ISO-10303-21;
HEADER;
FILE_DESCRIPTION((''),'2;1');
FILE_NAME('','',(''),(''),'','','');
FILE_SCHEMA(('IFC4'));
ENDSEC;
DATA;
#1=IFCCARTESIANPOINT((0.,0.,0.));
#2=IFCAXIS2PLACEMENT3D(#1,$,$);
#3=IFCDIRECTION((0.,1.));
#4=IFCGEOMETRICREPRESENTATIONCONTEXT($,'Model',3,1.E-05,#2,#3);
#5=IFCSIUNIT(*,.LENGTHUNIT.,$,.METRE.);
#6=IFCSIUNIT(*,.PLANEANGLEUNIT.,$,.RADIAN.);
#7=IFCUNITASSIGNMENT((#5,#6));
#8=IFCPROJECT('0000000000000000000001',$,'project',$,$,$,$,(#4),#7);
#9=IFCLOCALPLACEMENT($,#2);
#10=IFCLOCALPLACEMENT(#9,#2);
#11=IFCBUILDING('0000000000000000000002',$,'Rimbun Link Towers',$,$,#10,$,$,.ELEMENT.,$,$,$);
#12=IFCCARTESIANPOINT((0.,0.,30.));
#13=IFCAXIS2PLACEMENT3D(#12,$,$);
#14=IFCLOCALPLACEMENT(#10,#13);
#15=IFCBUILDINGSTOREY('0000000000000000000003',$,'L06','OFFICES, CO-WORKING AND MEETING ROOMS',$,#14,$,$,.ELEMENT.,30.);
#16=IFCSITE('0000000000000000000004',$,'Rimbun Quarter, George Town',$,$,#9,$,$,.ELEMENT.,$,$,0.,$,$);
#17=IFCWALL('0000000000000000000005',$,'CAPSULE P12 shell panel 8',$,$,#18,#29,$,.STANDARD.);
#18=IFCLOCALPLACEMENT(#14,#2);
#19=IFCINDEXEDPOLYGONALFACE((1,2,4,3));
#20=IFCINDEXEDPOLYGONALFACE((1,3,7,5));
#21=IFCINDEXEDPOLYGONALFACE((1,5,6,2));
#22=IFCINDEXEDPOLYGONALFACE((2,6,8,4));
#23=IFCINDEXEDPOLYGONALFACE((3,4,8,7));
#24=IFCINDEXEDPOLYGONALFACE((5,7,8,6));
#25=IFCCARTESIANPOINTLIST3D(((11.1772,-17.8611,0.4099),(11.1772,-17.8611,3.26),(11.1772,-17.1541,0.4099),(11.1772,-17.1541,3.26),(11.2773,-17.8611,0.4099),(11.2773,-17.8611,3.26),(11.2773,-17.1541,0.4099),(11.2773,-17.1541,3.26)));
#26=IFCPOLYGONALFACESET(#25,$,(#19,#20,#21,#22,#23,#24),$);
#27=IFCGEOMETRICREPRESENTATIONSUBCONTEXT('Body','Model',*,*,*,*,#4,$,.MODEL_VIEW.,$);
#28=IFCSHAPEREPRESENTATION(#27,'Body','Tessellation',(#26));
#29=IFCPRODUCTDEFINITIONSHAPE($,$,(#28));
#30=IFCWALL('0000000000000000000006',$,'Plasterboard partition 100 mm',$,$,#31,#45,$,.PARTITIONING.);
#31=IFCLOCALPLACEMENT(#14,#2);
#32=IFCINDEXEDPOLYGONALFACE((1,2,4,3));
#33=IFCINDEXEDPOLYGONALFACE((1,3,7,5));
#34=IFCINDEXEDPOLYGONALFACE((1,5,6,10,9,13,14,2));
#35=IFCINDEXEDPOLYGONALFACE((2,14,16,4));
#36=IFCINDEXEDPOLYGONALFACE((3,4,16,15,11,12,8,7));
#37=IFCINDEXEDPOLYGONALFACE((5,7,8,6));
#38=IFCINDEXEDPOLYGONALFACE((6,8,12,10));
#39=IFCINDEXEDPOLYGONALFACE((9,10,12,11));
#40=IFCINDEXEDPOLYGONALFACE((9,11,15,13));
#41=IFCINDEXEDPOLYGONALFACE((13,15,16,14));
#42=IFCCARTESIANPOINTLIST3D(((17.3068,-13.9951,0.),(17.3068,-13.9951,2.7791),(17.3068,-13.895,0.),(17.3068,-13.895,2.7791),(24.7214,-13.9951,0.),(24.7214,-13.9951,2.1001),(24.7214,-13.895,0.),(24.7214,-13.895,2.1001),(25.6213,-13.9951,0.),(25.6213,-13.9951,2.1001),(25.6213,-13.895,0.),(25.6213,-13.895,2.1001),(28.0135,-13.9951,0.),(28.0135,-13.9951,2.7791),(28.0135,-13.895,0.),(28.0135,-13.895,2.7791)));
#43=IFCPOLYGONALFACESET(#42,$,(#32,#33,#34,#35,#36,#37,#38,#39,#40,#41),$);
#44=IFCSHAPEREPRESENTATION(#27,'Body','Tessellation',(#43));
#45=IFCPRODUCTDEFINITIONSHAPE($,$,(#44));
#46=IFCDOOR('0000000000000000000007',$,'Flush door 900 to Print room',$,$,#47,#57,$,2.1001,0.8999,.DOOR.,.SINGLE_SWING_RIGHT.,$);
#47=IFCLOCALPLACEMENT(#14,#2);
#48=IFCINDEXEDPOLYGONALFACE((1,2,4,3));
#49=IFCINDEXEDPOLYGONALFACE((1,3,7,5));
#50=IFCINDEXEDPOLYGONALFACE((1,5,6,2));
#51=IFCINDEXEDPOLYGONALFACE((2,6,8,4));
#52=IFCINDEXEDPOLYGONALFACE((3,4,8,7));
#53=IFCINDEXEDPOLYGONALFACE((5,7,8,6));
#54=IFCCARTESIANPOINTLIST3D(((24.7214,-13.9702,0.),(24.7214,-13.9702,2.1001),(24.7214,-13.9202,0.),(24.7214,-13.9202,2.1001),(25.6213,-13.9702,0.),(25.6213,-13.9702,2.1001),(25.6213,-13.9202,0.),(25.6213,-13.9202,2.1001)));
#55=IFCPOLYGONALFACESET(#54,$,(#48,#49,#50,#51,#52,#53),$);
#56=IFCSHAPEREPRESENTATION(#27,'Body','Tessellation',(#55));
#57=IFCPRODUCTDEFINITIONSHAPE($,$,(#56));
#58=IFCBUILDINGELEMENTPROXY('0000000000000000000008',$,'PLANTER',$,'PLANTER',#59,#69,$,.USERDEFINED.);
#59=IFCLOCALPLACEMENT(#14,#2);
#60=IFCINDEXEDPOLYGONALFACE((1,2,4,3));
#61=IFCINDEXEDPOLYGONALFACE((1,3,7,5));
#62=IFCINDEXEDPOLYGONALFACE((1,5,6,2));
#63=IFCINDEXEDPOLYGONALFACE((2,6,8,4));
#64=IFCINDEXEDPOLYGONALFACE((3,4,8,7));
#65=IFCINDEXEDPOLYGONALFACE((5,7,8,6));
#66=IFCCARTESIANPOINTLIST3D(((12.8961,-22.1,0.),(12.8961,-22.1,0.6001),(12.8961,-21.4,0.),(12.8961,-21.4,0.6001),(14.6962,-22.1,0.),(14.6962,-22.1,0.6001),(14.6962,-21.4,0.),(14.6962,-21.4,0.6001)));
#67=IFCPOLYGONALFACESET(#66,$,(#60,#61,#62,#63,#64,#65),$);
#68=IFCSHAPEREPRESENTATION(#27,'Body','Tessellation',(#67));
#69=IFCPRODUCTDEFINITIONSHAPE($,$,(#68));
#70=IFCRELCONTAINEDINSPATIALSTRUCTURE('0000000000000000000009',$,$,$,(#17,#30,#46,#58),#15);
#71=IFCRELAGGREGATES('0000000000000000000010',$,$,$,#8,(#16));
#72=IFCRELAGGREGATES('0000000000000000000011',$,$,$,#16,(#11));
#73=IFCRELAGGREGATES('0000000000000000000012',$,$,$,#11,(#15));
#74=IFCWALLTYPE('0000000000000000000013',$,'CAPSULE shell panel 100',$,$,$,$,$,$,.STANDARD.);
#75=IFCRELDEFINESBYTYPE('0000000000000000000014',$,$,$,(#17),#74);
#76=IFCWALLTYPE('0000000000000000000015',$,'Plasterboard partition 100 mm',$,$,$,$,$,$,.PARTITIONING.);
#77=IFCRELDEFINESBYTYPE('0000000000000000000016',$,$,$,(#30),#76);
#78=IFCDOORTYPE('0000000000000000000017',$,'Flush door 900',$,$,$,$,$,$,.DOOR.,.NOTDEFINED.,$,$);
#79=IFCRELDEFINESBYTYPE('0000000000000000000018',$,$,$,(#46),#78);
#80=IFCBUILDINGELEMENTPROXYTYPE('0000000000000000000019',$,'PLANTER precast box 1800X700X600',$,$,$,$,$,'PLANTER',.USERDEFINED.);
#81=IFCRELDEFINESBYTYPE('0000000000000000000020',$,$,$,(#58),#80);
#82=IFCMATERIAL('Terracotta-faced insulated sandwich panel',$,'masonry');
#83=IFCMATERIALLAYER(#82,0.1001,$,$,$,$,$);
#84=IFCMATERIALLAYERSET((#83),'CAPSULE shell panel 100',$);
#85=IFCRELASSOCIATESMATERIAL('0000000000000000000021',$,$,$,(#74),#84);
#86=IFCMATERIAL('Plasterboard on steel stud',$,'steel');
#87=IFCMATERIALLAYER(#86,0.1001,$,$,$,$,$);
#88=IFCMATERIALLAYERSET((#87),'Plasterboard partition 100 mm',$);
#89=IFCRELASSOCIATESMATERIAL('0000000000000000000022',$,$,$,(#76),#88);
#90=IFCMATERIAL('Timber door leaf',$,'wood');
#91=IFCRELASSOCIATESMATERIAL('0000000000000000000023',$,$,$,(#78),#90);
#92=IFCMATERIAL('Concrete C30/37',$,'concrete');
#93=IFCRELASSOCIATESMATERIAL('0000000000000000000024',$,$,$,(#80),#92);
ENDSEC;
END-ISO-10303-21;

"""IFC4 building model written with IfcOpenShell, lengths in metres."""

from ifc_helpers import new_model, si_unit, direction, frame, frame_2d, origin, origin_2d, place, context, subcontext, project, spatial, rectangle, extrude, material, layer, layer_set, type_object, element, fill, save


model = new_model("IFC4")

# Units and contexts
model_context = context("Model", 3, precision=1e-05, world=origin(), true_north=direction((0.0, 1.0)))
body_context = subcontext(model_context, "Body", "Model", "MODEL_VIEW")
ifc_project = project(units=[si_unit("LENGTHUNIT", "METRE"), si_unit("PLANEANGLEUNIT", "RADIAN")], contexts=[model_context])

# Site, building, storey
site_placement = place(None, origin())
site = spatial("IfcSite", under=ifc_project, at=site_placement, Name="Rimbun Quarter, George Town", CompositionType="ELEMENT", RefElevation=0.0)
building_placement = place(site_placement, origin())
building = spatial("IfcBuilding", under=site, at=building_placement, Name="Rimbun Link Towers", CompositionType="ELEMENT")
storey_placement = place(building_placement, frame((0.0, 0.0, 30.0)))
storey = spatial("IfcBuildingStorey", under=building, at=storey_placement, Name="L06", Description="OFFICES, CO-WORKING AND MEETING ROOMS", CompositionType="ELEMENT", Elevation=30.0)

# Shared definitions
ifc_material_1 = material(Name="Terracotta-faced insulated sandwich panel", Category="masonry")
ifc_layer_1 = layer(ifc_material_1, 0.1001)
ifc_layer_set_1 = layer_set([ifc_layer_1], Name="CAPSULE shell panel 100")
wall_type_1 = type_object("IfcWallType", Name="CAPSULE shell panel 100", PredefinedType="STANDARD", material=ifc_layer_set_1)

# Wall
wall_1_placement = place(storey_placement, frame((11.2273, -17.8611, 0.4099), z_axis=(0.0, 0.0, 1.0), x_axis=(0.0, 1.0, 0.0)))
element("IfcWall", 1, at=wall_1_placement, inside=storey, type_object=wall_type_1, Name="CAPSULE P12 shell panel 8", PredefinedType="STANDARD", context=body_context, shape_type="SweptSolid", body=[
    extrude(rectangle(XDim=0.707, YDim=0.1001, at=frame_2d((0.3535, 0.0))), origin(), (0.0, 0.0, 1.0), 2.8501),
])

# Wall, opening, door
ifc_material_2 = material(Name="Plasterboard on steel stud", Category="steel")
ifc_layer_2 = layer(ifc_material_2, 0.1001)
ifc_layer_set_2 = layer_set([ifc_layer_2], Name="Plasterboard partition 100 mm")
wall_type_2 = type_object("IfcWallType", Name="Plasterboard partition 100 mm", PredefinedType="PARTITIONING", material=ifc_layer_set_2)
wall_2_placement = place(storey_placement, frame((17.3066, -13.9451, 0.0), z_axis=(0.0, 0.0, 1.0), x_axis=(1.0, 0.0, 0.0)))
wall_2 = element("IfcWall", 2, at=wall_2_placement, inside=storey, type_object=wall_type_2, Name="Plasterboard partition 100 mm", PredefinedType="PARTITIONING", context=body_context, shape_type="SweptSolid", body=[
    extrude(rectangle(XDim=10.7068, YDim=0.1001, at=frame_2d((5.3535, 0.0))), origin(), (0.0, 0.0, 1.0), 2.7791),
])
opening_1_placement = place(wall_2_placement, frame((7.4148, 0.0, 0.0)))
opening_1 = element("IfcOpeningElement", 3, at=opening_1_placement, cuts=wall_2, PredefinedType="OPENING", context=body_context, shape_type="SweptSolid", body=[
    extrude(rectangle(XDim=0.8999, YDim=2.1001, at=frame_2d((0.45, 1.05))), frame((0.0, 0.0601, 0.0), z_axis=(0.0, -1.0, 0.0), x_axis=(1.0, 0.0, 0.0)), (0.0, 0.0, 1.0), 0.1201),
])
ifc_material_3 = material(Name="Timber door leaf", Category="wood")
door_type_1 = type_object("IfcDoorType", Name="Flush door 900", OperationType="NOTDEFINED", PredefinedType="DOOR", material=ifc_material_3)
door_1_placement = place(opening_1_placement, origin())
door_1 = element("IfcDoor", 4, at=door_1_placement, inside=storey, type_object=door_type_1, Name="Flush door 900 to Print room", OperationType="SINGLE_SWING_RIGHT", OverallHeight=2.1001, OverallWidth=0.8999, PredefinedType="DOOR", context=body_context, shape_type="SweptSolid", body=[
    extrude(rectangle(XDim=0.8999, YDim=2.1001, at=frame_2d((0.45, 1.05))), frame((0.0, 0.0249, 0.0), z_axis=(0.0, -1.0, 0.0), x_axis=(1.0, 0.0, 0.0)), (0.0, 0.0, 1.0), 0.05),
])
fill(opening_1, door_1)

# Building element proxy
ifc_material_4 = material(Name="Concrete C30/37", Category="concrete")
building_element_proxy_type = type_object("IfcBuildingElementProxyType", Name="PLANTER precast box 1800X700X600", ElementType="PLANTER", PredefinedType="USERDEFINED", material=ifc_material_4)
proxy_placement = place(storey_placement, frame((13.7961, -21.75, 0.0), z_axis=(0.0, 0.0, 1.0), x_axis=(1.0, 0.0, 0.0)))
element("IfcBuildingElementProxy", 5, at=proxy_placement, inside=storey, type_object=building_element_proxy_type, Name="PLANTER", ObjectType="PLANTER", PredefinedType="USERDEFINED", context=body_context, shape_type="SweptSolid", body=[
    extrude(rectangle(XDim=1.8, YDim=0.7, at=origin_2d()), origin(), (0.0, 0.0, 1.0), 0.6001),
])

save(model, "model.ifc")
